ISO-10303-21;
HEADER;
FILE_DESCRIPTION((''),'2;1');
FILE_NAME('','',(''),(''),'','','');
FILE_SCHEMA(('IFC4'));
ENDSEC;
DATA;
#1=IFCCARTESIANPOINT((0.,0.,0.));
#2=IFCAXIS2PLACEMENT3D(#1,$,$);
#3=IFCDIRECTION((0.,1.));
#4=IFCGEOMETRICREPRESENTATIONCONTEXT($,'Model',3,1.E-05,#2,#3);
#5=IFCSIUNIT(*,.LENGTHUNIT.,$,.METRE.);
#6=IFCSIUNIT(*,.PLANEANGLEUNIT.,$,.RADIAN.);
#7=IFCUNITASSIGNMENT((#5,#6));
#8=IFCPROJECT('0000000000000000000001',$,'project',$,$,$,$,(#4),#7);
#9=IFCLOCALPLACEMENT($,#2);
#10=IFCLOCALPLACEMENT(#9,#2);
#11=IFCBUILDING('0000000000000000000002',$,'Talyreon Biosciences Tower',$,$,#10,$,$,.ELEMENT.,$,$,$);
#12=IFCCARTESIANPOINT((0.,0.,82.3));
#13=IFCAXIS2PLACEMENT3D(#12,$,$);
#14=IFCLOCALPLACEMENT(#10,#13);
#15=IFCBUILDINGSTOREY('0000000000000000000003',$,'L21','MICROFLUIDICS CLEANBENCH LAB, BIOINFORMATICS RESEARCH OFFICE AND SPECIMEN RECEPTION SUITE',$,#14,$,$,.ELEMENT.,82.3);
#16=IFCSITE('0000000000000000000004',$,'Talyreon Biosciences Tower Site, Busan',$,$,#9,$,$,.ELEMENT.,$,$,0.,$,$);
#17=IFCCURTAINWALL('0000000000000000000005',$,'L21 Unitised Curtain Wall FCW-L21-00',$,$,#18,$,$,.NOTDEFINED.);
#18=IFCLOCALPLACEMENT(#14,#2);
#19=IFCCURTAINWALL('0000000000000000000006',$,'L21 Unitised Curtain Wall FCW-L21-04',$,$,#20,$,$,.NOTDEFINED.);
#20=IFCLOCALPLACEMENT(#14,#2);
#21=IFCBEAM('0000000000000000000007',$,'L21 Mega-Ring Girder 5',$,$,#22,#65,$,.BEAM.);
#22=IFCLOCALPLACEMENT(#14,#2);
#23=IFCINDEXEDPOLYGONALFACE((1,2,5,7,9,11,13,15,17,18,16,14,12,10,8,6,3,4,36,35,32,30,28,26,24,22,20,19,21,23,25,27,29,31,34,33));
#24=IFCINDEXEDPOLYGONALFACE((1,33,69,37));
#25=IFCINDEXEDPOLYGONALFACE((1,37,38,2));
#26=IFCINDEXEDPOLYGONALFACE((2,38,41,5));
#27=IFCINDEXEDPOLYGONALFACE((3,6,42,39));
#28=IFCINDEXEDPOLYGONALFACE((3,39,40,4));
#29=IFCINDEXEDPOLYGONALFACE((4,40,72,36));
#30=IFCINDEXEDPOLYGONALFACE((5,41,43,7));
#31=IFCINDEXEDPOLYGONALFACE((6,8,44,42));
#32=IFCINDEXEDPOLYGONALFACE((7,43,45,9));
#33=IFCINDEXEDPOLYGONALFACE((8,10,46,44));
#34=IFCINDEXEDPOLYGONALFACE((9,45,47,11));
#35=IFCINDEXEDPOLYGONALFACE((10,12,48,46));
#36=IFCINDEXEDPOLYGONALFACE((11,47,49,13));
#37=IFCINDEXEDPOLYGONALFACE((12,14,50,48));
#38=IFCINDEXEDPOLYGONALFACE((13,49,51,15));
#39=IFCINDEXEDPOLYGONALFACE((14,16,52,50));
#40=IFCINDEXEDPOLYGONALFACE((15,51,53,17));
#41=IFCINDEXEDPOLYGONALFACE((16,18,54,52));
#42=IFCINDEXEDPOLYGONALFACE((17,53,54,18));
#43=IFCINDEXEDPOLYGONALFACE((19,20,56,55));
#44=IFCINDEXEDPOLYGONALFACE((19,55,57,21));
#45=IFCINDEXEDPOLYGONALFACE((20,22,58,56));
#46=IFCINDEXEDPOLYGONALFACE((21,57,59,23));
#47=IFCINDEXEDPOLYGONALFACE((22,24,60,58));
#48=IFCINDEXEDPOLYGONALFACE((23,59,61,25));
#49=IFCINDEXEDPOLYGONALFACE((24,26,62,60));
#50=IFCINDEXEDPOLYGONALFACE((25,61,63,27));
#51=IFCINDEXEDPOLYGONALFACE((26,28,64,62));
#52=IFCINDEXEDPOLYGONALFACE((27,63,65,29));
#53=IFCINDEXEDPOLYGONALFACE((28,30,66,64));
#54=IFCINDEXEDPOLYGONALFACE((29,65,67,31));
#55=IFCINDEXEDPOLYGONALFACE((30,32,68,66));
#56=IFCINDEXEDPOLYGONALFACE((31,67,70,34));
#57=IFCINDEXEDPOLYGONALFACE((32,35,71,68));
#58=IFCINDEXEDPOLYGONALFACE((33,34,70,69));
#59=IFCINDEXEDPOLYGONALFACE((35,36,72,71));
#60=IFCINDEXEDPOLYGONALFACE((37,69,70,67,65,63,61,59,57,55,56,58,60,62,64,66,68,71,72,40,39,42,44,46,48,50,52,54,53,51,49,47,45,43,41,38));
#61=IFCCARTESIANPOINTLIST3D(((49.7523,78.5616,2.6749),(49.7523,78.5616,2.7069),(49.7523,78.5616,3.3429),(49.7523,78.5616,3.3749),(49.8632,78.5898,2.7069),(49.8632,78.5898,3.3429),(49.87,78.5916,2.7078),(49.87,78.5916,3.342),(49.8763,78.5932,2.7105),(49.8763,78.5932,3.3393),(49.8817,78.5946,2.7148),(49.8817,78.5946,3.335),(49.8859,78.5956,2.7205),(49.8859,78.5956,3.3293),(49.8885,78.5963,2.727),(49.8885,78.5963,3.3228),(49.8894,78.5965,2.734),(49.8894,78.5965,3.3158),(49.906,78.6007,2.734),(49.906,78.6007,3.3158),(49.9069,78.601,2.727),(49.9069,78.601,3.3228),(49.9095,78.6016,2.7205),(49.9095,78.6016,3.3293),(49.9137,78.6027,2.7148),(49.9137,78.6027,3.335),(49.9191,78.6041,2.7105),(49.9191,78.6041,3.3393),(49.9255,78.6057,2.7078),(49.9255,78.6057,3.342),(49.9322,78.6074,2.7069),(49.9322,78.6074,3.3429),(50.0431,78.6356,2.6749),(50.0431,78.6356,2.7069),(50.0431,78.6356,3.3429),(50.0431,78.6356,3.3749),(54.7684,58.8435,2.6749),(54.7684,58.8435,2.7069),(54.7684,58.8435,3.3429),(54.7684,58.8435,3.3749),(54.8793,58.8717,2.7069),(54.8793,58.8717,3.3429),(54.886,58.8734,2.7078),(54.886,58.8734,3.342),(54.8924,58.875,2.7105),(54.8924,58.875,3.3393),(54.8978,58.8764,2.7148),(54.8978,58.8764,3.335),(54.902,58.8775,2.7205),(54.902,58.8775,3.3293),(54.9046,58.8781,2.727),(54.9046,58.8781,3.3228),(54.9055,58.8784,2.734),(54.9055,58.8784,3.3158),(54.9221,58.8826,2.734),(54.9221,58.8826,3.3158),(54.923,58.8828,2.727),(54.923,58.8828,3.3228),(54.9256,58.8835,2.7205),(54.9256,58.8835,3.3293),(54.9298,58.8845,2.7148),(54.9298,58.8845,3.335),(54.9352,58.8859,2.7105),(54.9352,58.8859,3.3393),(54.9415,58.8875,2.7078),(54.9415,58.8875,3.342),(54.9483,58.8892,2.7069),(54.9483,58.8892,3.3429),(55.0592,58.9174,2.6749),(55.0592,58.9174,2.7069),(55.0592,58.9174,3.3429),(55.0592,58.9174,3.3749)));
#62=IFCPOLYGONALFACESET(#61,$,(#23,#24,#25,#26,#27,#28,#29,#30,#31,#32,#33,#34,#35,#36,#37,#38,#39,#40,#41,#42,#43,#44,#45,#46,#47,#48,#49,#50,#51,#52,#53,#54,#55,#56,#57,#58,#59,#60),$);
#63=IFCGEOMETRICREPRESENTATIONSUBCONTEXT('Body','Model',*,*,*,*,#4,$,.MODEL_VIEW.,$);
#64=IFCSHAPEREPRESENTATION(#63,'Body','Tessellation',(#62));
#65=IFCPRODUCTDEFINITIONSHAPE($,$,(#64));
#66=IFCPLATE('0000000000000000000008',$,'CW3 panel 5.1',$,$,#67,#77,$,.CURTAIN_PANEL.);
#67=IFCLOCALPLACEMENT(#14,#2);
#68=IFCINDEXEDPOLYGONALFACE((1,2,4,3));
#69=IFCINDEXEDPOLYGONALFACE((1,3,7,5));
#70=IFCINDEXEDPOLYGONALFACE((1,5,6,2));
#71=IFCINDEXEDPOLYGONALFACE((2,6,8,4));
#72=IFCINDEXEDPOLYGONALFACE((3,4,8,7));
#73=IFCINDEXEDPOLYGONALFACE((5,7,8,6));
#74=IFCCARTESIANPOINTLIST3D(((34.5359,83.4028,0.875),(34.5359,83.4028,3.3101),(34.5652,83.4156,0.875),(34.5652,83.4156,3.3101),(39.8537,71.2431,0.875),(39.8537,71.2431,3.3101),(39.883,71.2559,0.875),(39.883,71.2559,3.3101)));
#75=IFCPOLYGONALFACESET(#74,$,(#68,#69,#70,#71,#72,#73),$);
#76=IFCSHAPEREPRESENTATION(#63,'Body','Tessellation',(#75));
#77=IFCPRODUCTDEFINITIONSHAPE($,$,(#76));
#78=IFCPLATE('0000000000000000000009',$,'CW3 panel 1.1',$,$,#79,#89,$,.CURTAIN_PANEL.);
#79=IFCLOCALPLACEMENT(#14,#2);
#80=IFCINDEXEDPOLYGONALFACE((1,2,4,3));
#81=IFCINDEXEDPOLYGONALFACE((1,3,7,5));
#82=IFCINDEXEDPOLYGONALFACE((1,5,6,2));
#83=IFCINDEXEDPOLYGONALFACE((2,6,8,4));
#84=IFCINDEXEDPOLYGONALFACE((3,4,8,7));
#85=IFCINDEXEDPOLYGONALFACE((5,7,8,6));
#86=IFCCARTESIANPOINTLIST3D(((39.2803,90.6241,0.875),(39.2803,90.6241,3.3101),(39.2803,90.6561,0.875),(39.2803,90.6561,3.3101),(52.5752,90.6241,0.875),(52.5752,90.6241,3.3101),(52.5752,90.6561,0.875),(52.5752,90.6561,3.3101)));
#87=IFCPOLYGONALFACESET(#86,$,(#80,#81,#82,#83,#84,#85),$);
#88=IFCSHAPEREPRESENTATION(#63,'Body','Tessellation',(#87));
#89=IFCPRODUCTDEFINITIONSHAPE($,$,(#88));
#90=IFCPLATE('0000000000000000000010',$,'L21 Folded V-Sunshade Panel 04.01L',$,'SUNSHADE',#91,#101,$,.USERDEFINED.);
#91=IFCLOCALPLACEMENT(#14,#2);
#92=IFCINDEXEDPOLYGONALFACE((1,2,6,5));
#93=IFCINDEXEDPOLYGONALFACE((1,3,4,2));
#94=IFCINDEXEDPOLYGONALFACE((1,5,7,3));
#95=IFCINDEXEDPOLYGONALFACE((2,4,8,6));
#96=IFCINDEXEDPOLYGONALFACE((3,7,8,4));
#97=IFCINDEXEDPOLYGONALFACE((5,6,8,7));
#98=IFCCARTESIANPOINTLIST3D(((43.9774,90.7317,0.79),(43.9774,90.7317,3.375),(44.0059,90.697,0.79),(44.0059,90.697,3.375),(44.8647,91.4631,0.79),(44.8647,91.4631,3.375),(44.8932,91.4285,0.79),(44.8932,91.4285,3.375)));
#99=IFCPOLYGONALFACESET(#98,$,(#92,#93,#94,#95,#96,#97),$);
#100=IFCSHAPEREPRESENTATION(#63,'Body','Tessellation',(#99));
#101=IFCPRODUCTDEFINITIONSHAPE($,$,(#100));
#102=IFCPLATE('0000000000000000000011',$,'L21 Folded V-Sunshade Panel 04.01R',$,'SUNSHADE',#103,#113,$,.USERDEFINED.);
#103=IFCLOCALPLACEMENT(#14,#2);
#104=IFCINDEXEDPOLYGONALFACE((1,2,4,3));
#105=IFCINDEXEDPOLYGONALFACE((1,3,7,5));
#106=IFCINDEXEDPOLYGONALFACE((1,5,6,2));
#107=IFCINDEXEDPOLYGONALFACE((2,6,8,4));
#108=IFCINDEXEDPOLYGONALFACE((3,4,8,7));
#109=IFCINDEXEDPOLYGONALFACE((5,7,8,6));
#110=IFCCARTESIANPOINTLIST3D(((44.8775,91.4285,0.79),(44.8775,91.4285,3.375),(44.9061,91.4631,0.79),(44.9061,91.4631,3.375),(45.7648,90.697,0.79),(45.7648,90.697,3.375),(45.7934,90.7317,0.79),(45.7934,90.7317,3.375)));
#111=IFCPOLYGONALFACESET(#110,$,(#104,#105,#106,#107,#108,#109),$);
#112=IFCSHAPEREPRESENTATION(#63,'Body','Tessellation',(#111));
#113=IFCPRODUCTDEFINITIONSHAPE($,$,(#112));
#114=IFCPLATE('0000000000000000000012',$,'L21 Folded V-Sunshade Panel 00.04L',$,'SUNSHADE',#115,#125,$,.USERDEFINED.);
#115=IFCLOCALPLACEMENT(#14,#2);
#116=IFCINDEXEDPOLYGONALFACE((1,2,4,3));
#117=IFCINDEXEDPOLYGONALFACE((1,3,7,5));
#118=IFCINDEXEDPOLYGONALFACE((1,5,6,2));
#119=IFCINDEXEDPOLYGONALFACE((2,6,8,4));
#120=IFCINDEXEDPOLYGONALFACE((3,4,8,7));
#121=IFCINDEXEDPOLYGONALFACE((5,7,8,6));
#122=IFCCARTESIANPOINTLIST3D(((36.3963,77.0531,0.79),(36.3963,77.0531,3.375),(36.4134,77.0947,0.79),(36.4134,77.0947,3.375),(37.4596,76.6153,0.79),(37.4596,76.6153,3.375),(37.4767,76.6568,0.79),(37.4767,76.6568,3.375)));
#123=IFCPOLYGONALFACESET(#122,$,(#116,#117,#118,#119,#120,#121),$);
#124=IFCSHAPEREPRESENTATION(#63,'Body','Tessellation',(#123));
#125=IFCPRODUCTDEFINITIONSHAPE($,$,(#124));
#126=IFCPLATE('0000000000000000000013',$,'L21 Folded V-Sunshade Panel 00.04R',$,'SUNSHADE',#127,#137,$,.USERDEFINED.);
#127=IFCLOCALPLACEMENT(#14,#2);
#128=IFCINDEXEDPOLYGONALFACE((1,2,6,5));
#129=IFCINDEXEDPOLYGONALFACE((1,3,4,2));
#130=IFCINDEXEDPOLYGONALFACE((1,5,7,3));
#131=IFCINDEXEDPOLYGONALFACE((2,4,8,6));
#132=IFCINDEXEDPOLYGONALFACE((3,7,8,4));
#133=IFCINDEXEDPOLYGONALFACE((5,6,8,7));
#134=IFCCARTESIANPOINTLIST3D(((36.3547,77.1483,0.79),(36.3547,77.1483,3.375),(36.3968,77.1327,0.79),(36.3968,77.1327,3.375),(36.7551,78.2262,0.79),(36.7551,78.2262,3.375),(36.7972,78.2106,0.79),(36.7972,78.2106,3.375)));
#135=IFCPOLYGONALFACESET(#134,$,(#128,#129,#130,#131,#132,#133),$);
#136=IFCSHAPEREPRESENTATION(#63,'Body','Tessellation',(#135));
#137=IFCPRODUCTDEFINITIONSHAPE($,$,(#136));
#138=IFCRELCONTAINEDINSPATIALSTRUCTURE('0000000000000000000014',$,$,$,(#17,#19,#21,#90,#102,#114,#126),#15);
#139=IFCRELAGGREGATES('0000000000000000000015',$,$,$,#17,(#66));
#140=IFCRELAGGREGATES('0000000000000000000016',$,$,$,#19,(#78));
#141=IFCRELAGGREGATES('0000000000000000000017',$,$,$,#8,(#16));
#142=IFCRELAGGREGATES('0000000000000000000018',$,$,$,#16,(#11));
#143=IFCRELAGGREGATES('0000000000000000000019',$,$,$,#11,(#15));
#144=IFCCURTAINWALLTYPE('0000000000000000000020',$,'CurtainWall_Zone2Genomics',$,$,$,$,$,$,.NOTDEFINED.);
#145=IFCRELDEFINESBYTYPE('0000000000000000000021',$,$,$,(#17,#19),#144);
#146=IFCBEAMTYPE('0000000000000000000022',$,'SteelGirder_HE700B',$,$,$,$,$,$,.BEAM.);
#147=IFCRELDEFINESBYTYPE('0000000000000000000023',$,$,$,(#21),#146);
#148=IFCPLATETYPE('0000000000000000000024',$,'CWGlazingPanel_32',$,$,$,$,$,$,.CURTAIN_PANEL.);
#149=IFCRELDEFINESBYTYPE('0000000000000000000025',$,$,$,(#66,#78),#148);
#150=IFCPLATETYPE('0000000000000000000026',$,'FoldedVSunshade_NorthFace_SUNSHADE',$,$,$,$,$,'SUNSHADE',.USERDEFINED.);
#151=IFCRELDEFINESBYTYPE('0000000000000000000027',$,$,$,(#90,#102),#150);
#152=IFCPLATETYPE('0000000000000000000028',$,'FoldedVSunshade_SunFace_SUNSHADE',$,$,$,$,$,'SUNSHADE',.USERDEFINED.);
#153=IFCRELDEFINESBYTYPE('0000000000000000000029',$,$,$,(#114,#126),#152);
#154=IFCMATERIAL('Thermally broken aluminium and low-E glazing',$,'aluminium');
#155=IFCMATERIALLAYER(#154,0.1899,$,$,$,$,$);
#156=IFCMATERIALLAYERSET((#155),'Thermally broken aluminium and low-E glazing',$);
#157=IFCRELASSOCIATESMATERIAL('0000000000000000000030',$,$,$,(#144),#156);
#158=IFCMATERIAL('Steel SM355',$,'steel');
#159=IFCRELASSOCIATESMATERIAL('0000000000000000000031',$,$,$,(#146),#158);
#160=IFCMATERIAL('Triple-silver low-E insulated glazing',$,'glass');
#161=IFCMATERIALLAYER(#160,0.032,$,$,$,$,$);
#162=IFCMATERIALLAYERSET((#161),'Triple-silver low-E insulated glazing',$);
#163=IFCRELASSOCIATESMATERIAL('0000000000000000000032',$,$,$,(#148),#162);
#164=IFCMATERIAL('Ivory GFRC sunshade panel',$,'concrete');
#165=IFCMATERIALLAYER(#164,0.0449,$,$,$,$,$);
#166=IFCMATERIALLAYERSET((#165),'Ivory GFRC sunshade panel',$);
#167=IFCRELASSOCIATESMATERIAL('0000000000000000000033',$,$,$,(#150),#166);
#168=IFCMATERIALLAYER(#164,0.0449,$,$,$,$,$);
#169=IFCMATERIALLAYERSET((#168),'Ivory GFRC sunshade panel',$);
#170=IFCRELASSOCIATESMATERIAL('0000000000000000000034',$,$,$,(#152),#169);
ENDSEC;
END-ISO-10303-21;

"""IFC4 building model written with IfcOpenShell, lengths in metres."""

from ifc_helpers import new_model, si_unit, direction, frame, origin, origin_2d, place, context, subcontext, project, spatial, rectangle, i_section, extrude, material, layer, layer_set, material_profile, profile_set, type_object, element, aggregate, save


model = new_model("IFC4")

# Units and contexts
model_context = context("Model", 3, precision=1e-05, world=origin(), true_north=direction((0.0, 1.0)))
body_context = subcontext(model_context, "Body", "Model", "MODEL_VIEW")
ifc_project = project(units=[si_unit("LENGTHUNIT", "METRE"), si_unit("PLANEANGLEUNIT", "RADIAN")], contexts=[model_context])

# Site, building, storey
site_placement = place(None, origin())
site = spatial("IfcSite", under=ifc_project, at=site_placement, Name="Talyreon Biosciences Tower Site, Busan", CompositionType="ELEMENT", RefElevation=0.0)
building_placement = place(site_placement, origin())
building = spatial("IfcBuilding", under=site, at=building_placement, Name="Talyreon Biosciences Tower", CompositionType="ELEMENT")
storey_placement = place(building_placement, frame((0.0, 0.0, 82.3)))
storey = spatial("IfcBuildingStorey", under=building, at=storey_placement, Name="L21", Description="MICROFLUIDICS CLEANBENCH LAB, BIOINFORMATICS RESEARCH OFFICE AND SPECIMEN RECEPTION SUITE", CompositionType="ELEMENT", Elevation=82.3)

# Curtain wall
ifc_material_1 = material(Name="Thermally broken aluminium and low-E glazing", Category="aluminium")
ifc_layer_1 = layer(ifc_material_1, 0.1899)
ifc_layer_set_1 = layer_set([ifc_layer_1], Name="Thermally broken aluminium and low-E glazing")
curtain_wall_type = type_object("IfcCurtainWallType", Name="CurtainWall_Zone2Genomics", PredefinedType="NOTDEFINED", material=ifc_layer_set_1)
curtain_wall_1_placement = place(storey_placement, origin())
curtain_wall_1 = element("IfcCurtainWall", 1, at=curtain_wall_1_placement, inside=storey, type_object=curtain_wall_type, Name="L21 Unitised Curtain Wall FCW-L21-00", PredefinedType="NOTDEFINED")

# Curtain wall
curtain_wall_2_placement = place(storey_placement, origin())
curtain_wall_2 = element("IfcCurtainWall", 2, at=curtain_wall_2_placement, inside=storey, type_object=curtain_wall_type, Name="L21 Unitised Curtain Wall FCW-L21-04", PredefinedType="NOTDEFINED")

# Beam
ifc_material_2 = material(Name="Steel SM355", Category="steel")
ifc_material_profile_1 = material_profile(ifc_material_2, i_section(OverallWidth=0.3, OverallDepth=0.7, WebThickness=0.0171, FlangeThickness=0.032, FilletRadius=0.0271, at=origin_2d()), Name="HE700B")
ifc_profile_set_1 = profile_set([ifc_material_profile_1], Name="Steel SM355")
beam_type_1 = type_object("IfcBeamType", Name="SteelGirder_HE700B", PredefinedType="BEAM", material=ifc_profile_set_1)
beam_1_placement = place(storey_placement, frame((49.8977, 78.5986, 3.0249), z_axis=(0.246537, -0.969133, 0.0), x_axis=(0.969133, 0.246537, 0.0)))
element("IfcBeam", 3, at=beam_1_placement, inside=storey, type_object=beam_type_1, Name="L21 Mega-Ring Girder 5", PredefinedType="BEAM", context=body_context, shape_type="SweptSolid", body=[
    extrude(i_section(OverallWidth=0.3, OverallDepth=0.7, WebThickness=0.0171, FlangeThickness=0.032, FilletRadius=0.0271, at=origin_2d()), origin(), (0.0, 0.0, 1.0), 20.3462),
])

# Plates
ifc_material_3 = material(Name="Triple-silver low-E insulated glazing", Category="glass")
ifc_layer_2 = layer(ifc_material_3, 0.032)
ifc_layer_set_2 = layer_set([ifc_layer_2], Name="Triple-silver low-E insulated glazing")
plate_type_1 = type_object("IfcPlateType", Name="CWGlazingPanel_32", PredefinedType="CURTAIN_PANEL", material=ifc_layer_set_2)
plate_1_placement = place(storey_placement, frame((37.2095, 77.3293, 0.875), z_axis=(0.0, 0.0, 1.0), x_axis=(-0.400689, 0.916214, 0.0)))
plate_1 = element("IfcPlate", 4, at=plate_1_placement, type_object=plate_type_1, Name="CW3 panel 5.1", PredefinedType="CURTAIN_PANEL", context=body_context, shape_type="SweptSolid", body=[
    extrude(rectangle(XDim=13.2717, YDim=0.032, at=origin_2d()), origin(), (0.0, 0.0, 1.0), 2.4351),
])
aggregate(curtain_wall_1, [plate_1])
plate_2_placement = place(storey_placement, frame((45.9277, 90.6401, 0.875), z_axis=(0.0, 0.0, 1.0), x_axis=(1.0, 0.0, 0.0)))
plate_2 = element("IfcPlate", 5, at=plate_2_placement, type_object=plate_type_1, Name="CW3 panel 1.1", PredefinedType="CURTAIN_PANEL", context=body_context, shape_type="SweptSolid", body=[
    extrude(rectangle(XDim=13.2949, YDim=0.032, at=origin_2d()), origin(), (0.0, 0.0, 1.0), 2.4351),
])
aggregate(curtain_wall_2, [plate_2])

# Plates
ifc_material_4 = material(Name="Ivory GFRC sunshade panel", Category="concrete")
ifc_layer_3 = layer(ifc_material_4, 0.0449)
ifc_layer_set_3 = layer_set([ifc_layer_3], Name="Ivory GFRC sunshade panel")
plate_type_2 = type_object("IfcPlateType", Name="FoldedVSunshade_NorthFace_SUNSHADE", ElementType="SUNSHADE", PredefinedType="USERDEFINED", material=ifc_layer_set_3)
for number, where, z_axis, x_axis, name in (
    (6, (44.4353, 91.0801, 0.79), (0.0, 0.0, 1.0), (0.771625, 0.636078, 0.0), "L21 Folded V-Sunshade Panel 04.01L"),
    (7, (45.3354, 91.0801, 0.79), (0.0, 0.0, 1.0), (0.771625, -0.636078, 0.0), "L21 Folded V-Sunshade Panel 04.01R"),
):
    element("IfcPlate", number, at=place(storey_placement, frame(where, z_axis=z_axis, x_axis=x_axis)), inside=storey, type_object=plate_type_2, Name=name, ObjectType="SUNSHADE", PredefinedType="USERDEFINED", context=body_context, shape_type="SweptSolid", body=[
        extrude(rectangle(XDim=1.1499, YDim=0.0449, at=origin_2d()), origin(), (0.0, 0.0, 1.0), 2.585),
    ])
ifc_layer_4 = layer(ifc_material_4, 0.0449)
ifc_layer_set_4 = layer_set([ifc_layer_4], Name="Ivory GFRC sunshade panel")
plate_type_3 = type_object("IfcPlateType", Name="FoldedVSunshade_SunFace_SUNSHADE", ElementType="SUNSHADE", PredefinedType="USERDEFINED", material=ifc_layer_set_4)
for number, where, z_axis, x_axis, name in (
    (8, (36.9365, 76.855, 0.79), (0.0, 0.0, 1.0), (-0.924686, 0.380731, 0.0), "L21 Folded V-Sunshade Panel 00.04L"),
    (9, (36.5759, 77.6794, 0.79), (0.0, 0.0, 1.0), (0.348228, 0.93741, 0.0), "L21 Folded V-Sunshade Panel 00.04R"),
):
    element("IfcPlate", number, at=place(storey_placement, frame(where, z_axis=z_axis, x_axis=x_axis)), inside=storey, type_object=plate_type_3, Name=name, ObjectType="SUNSHADE", PredefinedType="USERDEFINED", context=body_context, shape_type="SweptSolid", body=[
        extrude(rectangle(XDim=1.1499, YDim=0.0449, at=origin_2d()), origin(), (0.0, 0.0, 1.0), 2.585),
    ])

save(model, "model.ifc")
